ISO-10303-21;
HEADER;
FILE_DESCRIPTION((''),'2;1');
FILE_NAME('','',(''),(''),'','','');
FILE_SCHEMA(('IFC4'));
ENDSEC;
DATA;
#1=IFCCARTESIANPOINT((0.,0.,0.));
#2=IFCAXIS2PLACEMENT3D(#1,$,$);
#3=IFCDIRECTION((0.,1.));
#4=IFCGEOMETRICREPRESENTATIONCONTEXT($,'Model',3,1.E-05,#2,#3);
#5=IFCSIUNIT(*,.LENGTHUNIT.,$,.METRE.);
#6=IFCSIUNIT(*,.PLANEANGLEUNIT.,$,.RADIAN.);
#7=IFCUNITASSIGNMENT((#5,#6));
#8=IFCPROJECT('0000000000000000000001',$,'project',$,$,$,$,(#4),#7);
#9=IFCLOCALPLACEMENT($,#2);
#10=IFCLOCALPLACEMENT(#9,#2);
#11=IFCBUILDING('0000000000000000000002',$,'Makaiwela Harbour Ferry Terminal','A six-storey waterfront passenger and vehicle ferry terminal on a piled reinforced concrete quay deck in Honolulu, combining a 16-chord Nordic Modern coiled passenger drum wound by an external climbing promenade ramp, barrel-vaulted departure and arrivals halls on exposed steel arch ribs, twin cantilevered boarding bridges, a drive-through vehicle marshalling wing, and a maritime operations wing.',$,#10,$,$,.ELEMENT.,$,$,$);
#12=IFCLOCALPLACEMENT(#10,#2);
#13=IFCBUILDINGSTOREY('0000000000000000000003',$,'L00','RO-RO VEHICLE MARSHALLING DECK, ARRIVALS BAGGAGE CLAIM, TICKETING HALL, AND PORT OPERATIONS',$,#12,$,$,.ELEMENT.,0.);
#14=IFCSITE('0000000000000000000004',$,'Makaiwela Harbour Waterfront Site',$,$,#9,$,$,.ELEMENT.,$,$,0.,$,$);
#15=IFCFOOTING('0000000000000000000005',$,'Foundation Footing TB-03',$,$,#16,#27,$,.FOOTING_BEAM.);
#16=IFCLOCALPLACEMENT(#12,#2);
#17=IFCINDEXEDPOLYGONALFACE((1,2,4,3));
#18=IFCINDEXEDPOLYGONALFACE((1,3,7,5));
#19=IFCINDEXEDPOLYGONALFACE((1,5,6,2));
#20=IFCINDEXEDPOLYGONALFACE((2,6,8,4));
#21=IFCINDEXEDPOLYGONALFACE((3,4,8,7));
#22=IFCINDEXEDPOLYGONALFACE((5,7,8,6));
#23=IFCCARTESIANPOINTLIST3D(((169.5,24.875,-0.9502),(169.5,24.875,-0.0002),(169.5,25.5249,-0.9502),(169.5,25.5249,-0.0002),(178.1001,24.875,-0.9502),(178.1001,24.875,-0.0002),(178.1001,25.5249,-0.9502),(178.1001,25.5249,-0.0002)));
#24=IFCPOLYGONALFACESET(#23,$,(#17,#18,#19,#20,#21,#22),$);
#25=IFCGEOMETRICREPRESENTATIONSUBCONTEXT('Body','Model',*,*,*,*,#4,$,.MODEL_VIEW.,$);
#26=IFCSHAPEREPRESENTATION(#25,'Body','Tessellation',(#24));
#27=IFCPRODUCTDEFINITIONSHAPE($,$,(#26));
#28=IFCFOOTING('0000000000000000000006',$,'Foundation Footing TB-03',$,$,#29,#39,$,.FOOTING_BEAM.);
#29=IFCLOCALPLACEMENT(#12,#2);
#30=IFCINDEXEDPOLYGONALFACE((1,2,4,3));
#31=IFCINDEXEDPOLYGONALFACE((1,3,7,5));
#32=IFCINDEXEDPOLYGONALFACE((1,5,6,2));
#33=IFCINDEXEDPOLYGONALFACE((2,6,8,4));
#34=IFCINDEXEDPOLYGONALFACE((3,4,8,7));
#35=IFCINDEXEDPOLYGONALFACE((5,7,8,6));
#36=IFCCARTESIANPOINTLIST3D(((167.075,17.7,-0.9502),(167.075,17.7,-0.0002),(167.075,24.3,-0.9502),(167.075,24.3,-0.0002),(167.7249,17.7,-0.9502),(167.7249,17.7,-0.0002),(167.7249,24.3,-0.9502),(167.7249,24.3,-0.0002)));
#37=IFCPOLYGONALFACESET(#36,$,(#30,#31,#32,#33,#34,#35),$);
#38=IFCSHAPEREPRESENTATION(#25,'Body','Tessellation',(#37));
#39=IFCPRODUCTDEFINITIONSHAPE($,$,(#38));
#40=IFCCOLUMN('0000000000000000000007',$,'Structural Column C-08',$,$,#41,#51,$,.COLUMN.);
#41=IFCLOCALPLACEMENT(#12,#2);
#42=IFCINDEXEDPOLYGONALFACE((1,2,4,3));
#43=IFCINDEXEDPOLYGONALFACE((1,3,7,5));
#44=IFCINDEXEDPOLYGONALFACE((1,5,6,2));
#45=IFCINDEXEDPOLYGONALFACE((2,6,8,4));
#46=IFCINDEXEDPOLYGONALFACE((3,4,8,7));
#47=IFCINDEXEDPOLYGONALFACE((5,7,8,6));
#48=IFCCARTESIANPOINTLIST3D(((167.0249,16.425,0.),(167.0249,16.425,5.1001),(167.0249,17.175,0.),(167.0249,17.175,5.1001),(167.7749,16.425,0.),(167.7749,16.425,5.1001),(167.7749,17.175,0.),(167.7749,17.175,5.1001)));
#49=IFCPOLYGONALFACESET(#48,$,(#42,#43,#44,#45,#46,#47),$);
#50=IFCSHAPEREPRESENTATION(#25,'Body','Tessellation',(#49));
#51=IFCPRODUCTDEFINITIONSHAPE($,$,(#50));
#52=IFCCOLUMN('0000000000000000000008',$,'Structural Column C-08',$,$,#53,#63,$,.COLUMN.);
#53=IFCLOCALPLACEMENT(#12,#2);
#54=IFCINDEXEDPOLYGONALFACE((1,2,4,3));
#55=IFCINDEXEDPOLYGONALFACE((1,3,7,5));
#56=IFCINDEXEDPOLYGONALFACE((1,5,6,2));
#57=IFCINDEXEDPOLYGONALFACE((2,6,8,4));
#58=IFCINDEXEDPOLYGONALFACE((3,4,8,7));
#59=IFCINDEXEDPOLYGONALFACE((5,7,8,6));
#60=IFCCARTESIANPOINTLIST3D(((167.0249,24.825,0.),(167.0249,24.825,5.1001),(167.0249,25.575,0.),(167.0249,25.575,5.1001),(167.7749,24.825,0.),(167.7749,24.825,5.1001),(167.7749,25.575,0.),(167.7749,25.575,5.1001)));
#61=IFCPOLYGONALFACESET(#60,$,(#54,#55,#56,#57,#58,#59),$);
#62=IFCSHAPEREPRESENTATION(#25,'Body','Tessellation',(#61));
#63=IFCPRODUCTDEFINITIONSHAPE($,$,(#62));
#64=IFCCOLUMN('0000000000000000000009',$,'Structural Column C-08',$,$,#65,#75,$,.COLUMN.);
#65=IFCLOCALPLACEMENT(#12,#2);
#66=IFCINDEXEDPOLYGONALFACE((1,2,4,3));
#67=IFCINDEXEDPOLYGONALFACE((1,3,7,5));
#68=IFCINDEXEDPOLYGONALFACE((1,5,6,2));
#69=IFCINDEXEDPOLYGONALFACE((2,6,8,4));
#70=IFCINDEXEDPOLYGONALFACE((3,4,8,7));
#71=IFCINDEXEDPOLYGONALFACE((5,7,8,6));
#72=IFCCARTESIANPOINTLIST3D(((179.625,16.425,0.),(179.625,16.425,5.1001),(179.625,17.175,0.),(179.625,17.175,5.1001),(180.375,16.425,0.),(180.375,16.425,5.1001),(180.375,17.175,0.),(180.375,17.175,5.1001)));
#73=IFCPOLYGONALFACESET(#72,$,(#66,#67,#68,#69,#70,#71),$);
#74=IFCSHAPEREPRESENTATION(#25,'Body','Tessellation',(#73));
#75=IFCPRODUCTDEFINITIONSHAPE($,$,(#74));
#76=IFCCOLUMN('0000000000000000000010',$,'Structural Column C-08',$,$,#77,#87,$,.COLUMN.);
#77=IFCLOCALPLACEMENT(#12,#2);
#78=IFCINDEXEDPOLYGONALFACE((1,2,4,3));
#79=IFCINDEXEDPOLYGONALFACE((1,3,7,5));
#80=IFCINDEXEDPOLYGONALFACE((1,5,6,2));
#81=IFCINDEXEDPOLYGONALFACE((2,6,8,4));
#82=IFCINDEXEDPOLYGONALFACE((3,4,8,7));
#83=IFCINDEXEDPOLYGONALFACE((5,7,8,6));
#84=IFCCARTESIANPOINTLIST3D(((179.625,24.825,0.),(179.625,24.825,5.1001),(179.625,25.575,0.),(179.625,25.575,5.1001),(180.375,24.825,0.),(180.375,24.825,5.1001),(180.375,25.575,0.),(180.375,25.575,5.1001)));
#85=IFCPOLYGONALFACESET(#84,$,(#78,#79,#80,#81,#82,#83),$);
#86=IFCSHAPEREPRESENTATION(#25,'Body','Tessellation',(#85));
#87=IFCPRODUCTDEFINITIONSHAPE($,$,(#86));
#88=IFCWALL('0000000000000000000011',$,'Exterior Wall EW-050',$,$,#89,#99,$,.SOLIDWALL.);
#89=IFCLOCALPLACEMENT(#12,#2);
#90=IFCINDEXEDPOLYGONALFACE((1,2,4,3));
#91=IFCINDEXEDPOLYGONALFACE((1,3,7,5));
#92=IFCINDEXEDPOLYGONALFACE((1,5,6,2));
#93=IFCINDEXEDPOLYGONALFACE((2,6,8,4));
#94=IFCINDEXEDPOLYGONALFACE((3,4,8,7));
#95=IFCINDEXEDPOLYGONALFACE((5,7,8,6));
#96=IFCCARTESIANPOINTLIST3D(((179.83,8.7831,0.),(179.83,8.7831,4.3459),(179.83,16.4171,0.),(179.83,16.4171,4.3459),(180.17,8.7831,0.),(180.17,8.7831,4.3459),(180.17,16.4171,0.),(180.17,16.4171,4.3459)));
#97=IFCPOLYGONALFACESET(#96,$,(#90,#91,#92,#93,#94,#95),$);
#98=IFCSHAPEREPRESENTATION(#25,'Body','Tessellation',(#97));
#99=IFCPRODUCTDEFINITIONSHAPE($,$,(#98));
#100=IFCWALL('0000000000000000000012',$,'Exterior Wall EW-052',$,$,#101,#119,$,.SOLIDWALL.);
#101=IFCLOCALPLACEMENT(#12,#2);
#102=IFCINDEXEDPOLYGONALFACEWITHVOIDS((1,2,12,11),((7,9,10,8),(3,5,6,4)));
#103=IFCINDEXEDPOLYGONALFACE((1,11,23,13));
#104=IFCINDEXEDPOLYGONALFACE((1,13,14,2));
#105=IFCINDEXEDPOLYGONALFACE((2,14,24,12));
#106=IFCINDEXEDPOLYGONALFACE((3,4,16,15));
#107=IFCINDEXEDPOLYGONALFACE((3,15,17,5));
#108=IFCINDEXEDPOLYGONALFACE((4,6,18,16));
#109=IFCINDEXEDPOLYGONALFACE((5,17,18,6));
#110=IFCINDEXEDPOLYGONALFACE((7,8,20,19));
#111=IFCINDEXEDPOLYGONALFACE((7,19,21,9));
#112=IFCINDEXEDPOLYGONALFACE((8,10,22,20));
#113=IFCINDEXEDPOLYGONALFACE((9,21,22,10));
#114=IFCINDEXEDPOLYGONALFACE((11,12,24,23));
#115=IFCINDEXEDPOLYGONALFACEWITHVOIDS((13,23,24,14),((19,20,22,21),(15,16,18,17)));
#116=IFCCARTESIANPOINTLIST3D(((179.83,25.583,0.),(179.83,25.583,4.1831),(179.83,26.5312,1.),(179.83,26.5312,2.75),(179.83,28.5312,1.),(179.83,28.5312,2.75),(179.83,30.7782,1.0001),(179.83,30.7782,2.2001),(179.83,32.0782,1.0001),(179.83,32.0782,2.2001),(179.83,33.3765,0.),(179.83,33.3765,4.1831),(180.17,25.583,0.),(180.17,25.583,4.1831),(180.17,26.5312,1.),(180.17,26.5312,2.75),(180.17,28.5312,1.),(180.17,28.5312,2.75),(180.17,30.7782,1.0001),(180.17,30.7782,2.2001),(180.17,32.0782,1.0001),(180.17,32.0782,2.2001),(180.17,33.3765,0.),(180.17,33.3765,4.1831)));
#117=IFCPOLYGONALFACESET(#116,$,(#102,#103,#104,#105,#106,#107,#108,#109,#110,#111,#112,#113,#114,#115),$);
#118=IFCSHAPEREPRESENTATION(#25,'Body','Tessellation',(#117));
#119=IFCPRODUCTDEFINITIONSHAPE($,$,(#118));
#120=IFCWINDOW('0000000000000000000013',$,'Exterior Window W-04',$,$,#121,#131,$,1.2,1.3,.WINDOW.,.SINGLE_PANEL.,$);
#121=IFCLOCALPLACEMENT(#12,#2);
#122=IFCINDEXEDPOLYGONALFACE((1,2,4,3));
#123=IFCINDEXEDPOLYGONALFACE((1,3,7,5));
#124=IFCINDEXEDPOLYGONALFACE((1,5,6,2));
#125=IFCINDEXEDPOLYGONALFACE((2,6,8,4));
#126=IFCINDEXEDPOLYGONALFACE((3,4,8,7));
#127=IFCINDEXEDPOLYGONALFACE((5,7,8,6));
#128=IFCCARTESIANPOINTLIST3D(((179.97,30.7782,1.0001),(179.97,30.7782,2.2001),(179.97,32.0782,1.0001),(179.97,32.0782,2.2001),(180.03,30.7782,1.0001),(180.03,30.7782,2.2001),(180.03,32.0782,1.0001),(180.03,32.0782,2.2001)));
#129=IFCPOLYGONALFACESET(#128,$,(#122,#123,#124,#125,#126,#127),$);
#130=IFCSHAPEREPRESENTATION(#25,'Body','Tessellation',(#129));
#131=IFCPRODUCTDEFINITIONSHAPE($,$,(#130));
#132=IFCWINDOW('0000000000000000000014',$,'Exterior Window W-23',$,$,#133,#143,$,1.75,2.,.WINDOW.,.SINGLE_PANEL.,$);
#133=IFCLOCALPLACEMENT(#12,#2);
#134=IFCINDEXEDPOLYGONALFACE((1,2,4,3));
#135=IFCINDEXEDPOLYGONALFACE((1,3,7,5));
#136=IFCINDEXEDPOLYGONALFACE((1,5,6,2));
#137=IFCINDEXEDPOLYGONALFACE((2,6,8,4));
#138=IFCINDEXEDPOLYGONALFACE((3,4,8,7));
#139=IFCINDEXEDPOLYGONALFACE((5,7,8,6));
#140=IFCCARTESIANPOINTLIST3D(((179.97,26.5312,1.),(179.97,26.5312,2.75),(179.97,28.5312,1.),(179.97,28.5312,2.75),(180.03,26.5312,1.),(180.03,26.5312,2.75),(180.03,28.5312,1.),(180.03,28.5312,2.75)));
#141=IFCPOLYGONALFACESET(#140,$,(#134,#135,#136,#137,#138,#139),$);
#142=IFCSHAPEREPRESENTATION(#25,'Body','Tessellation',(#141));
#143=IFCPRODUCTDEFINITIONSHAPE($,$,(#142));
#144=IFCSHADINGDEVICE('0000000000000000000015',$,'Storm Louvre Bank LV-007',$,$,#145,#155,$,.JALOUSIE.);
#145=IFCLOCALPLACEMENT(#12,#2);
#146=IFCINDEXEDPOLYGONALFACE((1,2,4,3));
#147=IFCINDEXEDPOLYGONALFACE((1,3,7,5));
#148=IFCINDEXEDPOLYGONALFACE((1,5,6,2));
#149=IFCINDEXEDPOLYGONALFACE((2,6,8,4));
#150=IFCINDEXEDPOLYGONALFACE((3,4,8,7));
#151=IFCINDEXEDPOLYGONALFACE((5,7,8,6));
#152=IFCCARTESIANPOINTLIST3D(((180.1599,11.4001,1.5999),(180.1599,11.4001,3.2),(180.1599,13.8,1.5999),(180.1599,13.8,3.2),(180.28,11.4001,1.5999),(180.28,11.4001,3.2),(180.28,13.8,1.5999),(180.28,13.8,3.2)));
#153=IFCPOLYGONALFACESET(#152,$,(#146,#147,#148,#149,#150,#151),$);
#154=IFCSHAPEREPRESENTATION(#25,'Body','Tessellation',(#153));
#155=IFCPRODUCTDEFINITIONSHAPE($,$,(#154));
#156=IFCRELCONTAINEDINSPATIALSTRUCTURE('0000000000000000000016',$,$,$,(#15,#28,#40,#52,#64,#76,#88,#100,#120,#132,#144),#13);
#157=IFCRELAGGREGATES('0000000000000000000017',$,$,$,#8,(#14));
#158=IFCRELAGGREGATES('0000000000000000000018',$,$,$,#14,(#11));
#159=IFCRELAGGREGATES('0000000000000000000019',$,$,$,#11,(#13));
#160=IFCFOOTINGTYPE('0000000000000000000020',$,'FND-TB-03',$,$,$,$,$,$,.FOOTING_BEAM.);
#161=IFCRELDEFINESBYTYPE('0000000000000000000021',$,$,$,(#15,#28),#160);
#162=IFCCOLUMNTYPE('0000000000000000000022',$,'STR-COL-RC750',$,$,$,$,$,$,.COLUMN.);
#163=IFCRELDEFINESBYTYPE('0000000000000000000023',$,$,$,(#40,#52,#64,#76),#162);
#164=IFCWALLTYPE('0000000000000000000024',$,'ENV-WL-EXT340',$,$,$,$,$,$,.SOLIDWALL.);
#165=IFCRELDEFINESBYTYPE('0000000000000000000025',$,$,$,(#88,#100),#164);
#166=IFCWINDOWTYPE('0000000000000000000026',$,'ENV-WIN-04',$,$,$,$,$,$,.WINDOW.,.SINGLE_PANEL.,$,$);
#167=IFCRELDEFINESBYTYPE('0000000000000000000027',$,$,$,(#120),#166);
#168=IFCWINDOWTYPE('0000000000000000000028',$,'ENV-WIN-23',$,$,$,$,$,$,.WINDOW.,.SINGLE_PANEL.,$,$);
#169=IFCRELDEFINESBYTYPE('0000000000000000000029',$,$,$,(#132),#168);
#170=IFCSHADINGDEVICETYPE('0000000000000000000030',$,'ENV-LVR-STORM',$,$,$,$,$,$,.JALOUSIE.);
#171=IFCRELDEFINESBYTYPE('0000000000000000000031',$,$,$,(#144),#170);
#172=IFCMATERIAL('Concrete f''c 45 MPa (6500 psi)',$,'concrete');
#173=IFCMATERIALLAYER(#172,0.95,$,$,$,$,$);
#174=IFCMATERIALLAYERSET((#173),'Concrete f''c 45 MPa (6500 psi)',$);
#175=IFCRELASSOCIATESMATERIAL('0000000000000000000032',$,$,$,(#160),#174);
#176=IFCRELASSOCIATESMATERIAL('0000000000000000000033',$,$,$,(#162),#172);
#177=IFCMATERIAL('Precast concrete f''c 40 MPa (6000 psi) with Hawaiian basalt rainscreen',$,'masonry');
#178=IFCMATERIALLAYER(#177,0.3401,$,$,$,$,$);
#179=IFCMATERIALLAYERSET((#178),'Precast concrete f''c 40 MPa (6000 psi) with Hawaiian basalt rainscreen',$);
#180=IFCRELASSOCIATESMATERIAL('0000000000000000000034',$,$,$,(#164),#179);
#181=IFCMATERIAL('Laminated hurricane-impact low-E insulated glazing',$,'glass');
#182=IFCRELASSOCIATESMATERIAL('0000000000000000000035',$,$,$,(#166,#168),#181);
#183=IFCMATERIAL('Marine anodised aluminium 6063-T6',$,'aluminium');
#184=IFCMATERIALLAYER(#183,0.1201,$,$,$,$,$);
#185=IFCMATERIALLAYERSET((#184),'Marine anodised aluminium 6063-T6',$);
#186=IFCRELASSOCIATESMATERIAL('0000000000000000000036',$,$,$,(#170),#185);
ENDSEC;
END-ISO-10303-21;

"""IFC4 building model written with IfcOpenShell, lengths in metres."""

from ifc_helpers import new_model, si_unit, direction, frame, frame_2d, origin, origin_2d, place, context, subcontext, project, spatial, rectangle, extrude, material, layer, layer_set, material_profile, profile_set, type_object, element, fill, save


model = new_model("IFC4")

# Units and contexts
model_context = context("Model", 3, precision=1e-05, world=origin(), true_north=direction((0.0, 1.0)))
body_context = subcontext(model_context, "Body", "Model", "MODEL_VIEW")
ifc_project = project(units=[si_unit("LENGTHUNIT", "METRE"), si_unit("PLANEANGLEUNIT", "RADIAN")], contexts=[model_context])

# Site, building, storey
site_placement = place(None, origin())
site = spatial("IfcSite", under=ifc_project, at=site_placement, Name="Makaiwela Harbour Waterfront Site", CompositionType="ELEMENT", RefElevation=0.0)
building_placement = place(site_placement, origin())
building = spatial("IfcBuilding", under=site, at=building_placement, Name="Makaiwela Harbour Ferry Terminal", Description="A six-storey waterfront passenger and vehicle ferry terminal on a piled reinforced concrete quay deck in Honolulu, combining a 16-chord Nordic Modern coiled passenger drum wound by an external climbing promenade ramp, barrel-vaulted departure and arrivals halls on exposed steel arch ribs, twin cantilevered boarding bridges, a drive-through vehicle marshalling wing, and a maritime operations wing.", CompositionType="ELEMENT")
storey_placement = place(building_placement, origin())
storey = spatial("IfcBuildingStorey", under=building, at=storey_placement, Name="L00", Description="RO-RO VEHICLE MARSHALLING DECK, ARRIVALS BAGGAGE CLAIM, TICKETING HALL, AND PORT OPERATIONS", CompositionType="ELEMENT", Elevation=0.0)

# Shared definitions
ifc_material_1 = material(Name="Concrete f'c 45 MPa (6500 psi)", Category="concrete")

# Footings
ifc_layer_1 = layer(ifc_material_1, 0.95)
ifc_layer_set_1 = layer_set([ifc_layer_1], Name="Concrete f'c 45 MPa (6500 psi)")
footing_type_1 = type_object("IfcFootingType", Name="FND-TB-03", PredefinedType="FOOTING_BEAM", material=ifc_layer_set_1)
footing_1_placement = place(storey_placement, frame((173.8, 25.2, -0.9502), z_axis=(0.0, 0.0, 1.0), x_axis=(1.0, 0.0, 0.0)))
element("IfcFooting", 1, at=footing_1_placement, inside=storey, type_object=footing_type_1, Name="Foundation Footing TB-03", PredefinedType="FOOTING_BEAM", context=body_context, shape_type="SweptSolid", body=[
    extrude(rectangle(XDim=8.6001, YDim=0.6499, at=origin_2d()), origin(), (0.0, 0.0, 1.0), 0.95),
])
footing_2_placement = place(storey_placement, frame((167.3999, 21.0, -0.9502), z_axis=(0.0, 0.0, 1.0), x_axis=(0.0, 1.0, 0.0)))
element("IfcFooting", 2, at=footing_2_placement, inside=storey, type_object=footing_type_1, Name="Foundation Footing TB-03", PredefinedType="FOOTING_BEAM", context=body_context, shape_type="SweptSolid", body=[
    extrude(rectangle(XDim=6.6001, YDim=0.6499, at=origin_2d()), origin(), (0.0, 0.0, 1.0), 0.95),
])

# Columns
ifc_material_profile_1 = material_profile(ifc_material_1, rectangle(XDim=0.75, YDim=0.75, at=origin_2d()), Name="RC-750X750")
ifc_profile_set_1 = profile_set([ifc_material_profile_1], Name="Concrete f'c 45 MPa (6500 psi)")
column_type = type_object("IfcColumnType", Name="STR-COL-RC750", PredefinedType="COLUMN", material=ifc_profile_set_1)
for number, where, z_axis, x_axis, name in (
    (3, (167.3999, 16.8, 0.0), (0.0, 0.0, 1.0), (1.0, 0.0, 0.0), "Structural Column C-08"),
    (4, (167.3999, 25.2, 0.0), (0.0, 0.0, 1.0), (1.0, 0.0, 0.0), "Structural Column C-08"),
    (5, (180.0, 16.8, 0.0), (0.0, 0.0, 1.0), (1.0, 0.0, 0.0), "Structural Column C-08"),
    (6, (180.0, 25.2, 0.0), (0.0, 0.0, 1.0), (1.0, 0.0, 0.0), "Structural Column C-08"),
):
    element("IfcColumn", number, at=place(storey_placement, frame(where, z_axis=z_axis, x_axis=x_axis)), inside=storey, type_object=column_type, Name=name, PredefinedType="COLUMN", context=body_context, shape_type="SweptSolid", body=[
        extrude(rectangle(XDim=0.75, YDim=0.75, at=origin_2d()), origin(), (0.0, 0.0, 1.0), 5.1001),
    ])

# Wall
ifc_material_2 = material(Name="Precast concrete f'c 40 MPa (6000 psi) with Hawaiian basalt rainscreen", Category="masonry")
ifc_layer_2 = layer(ifc_material_2, 0.3401)
ifc_layer_set_2 = layer_set([ifc_layer_2], Name="Precast concrete f'c 40 MPa (6000 psi) with Hawaiian basalt rainscreen")
wall_type_1 = type_object("IfcWallType", Name="ENV-WL-EXT340", PredefinedType="SOLIDWALL", material=ifc_layer_set_2)
wall_1_placement = place(storey_placement, frame((180.0, 16.417, 0.0), z_axis=(0.0, 0.0, 1.0), x_axis=(0.0, -1.0, 0.0)))
element("IfcWall", 7, at=wall_1_placement, inside=storey, type_object=wall_type_1, Name="Exterior Wall EW-050", PredefinedType="SOLIDWALL", context=body_context, shape_type="SweptSolid", body=[
    extrude(rectangle(XDim=7.634, YDim=0.3401, at=frame_2d((3.8169, 0.0))), origin(), (0.0, 0.0, 1.0), 4.3459),
])

# Wall, openings, windows
wall_2_placement = place(storey_placement, frame((180.0, 33.3765, 0.0), z_axis=(0.0, 0.0, 1.0), x_axis=(0.0, -1.0, 0.0)))
wall_2 = element("IfcWall", 8, at=wall_2_placement, inside=storey, type_object=wall_type_1, Name="Exterior Wall EW-052", PredefinedType="SOLIDWALL", context=body_context, shape_type="SweptSolid", body=[
    extrude(rectangle(XDim=7.7935, YDim=0.3401, at=frame_2d((3.8967, 0.0))), origin(), (0.0, 0.0, 1.0), 4.1831),
])
opening_1_placement = place(wall_2_placement, frame((1.2983, 0.0, 1.0)))
opening_1 = element("IfcOpeningElement", 9, at=opening_1_placement, cuts=wall_2, PredefinedType="OPENING", context=body_context, shape_type="SweptSolid", body=[
    extrude(rectangle(XDim=1.3, YDim=1.2, at=frame_2d((0.6499, 0.6001))), frame((0.0, 0.1799, 0.0), z_axis=(0.0, -1.0, 0.0), x_axis=(1.0, 0.0, 0.0)), (0.0, 0.0, 1.0), 0.3601),
])
opening_2_placement = place(wall_2_placement, frame((4.8452, 0.0, 1.0)))
opening_2 = element("IfcOpeningElement", 10, at=opening_2_placement, cuts=wall_2, PredefinedType="OPENING", context=body_context, shape_type="SweptSolid", body=[
    extrude(rectangle(XDim=2.0, YDim=1.75, at=frame_2d((1.0, 0.875))), frame((0.0, 0.1799, 0.0), z_axis=(0.0, -1.0, 0.0), x_axis=(1.0, 0.0, 0.0)), (0.0, 0.0, 1.0), 0.3601),
])
ifc_material_3 = material(Name="Laminated hurricane-impact low-E insulated glazing", Category="glass")
window_type_1 = type_object("IfcWindowType", Name="ENV-WIN-04", PartitioningType="SINGLE_PANEL", PredefinedType="WINDOW", material=ifc_material_3)
window_1_placement = place(opening_1_placement, origin())
window_1 = element("IfcWindow", 11, at=window_1_placement, inside=storey, type_object=window_type_1, Name="Exterior Window W-04", OverallHeight=1.2, OverallWidth=1.3, PartitioningType="SINGLE_PANEL", PredefinedType="WINDOW", context=body_context, shape_type="SweptSolid", body=[
    extrude(rectangle(XDim=1.3, YDim=1.2, at=frame_2d((0.6499, 0.6001))), frame((0.0, 0.03, 0.0), z_axis=(0.0, -1.0, 0.0), x_axis=(1.0, 0.0, 0.0)), (0.0, 0.0, 1.0), 0.0601),
])
fill(opening_1, window_1)
window_type_2 = type_object("IfcWindowType", Name="ENV-WIN-23", PartitioningType="SINGLE_PANEL", PredefinedType="WINDOW", material=ifc_material_3)
window_2_placement = place(opening_2_placement, origin())
window_2 = element("IfcWindow", 12, at=window_2_placement, inside=storey, type_object=window_type_2, Name="Exterior Window W-23", OverallHeight=1.75, OverallWidth=2.0, PartitioningType="SINGLE_PANEL", PredefinedType="WINDOW", context=body_context, shape_type="SweptSolid", body=[
    extrude(rectangle(XDim=2.0, YDim=1.75, at=frame_2d((1.0, 0.875))), frame((0.0, 0.03, 0.0), z_axis=(0.0, -1.0, 0.0), x_axis=(1.0, 0.0, 0.0)), (0.0, 0.0, 1.0), 0.0601),
])
fill(opening_2, window_2)

# Shared definitions
ifc_material_4 = material(Name="Marine anodised aluminium 6063-T6", Category="aluminium")

# Shading device
ifc_layer_3 = layer(ifc_material_4, 0.1201)
ifc_layer_set_3 = layer_set([ifc_layer_3], Name="Marine anodised aluminium 6063-T6")
shading_device_type = type_object("IfcShadingDeviceType", Name="ENV-LVR-STORM", PredefinedType="JALOUSIE", material=ifc_layer_set_3)
shading_device_placement = place(storey_placement, frame((180.22, 12.6001, 1.5999), z_axis=(0.0, 0.0, 1.0), x_axis=(0.0, -1.0, 0.0)))
element("IfcShadingDevice", 13, at=shading_device_placement, inside=storey, type_object=shading_device_type, Name="Storm Louvre Bank LV-007", PredefinedType="JALOUSIE", context=body_context, shape_type="SweptSolid", body=[
    extrude(rectangle(XDim=2.3999, YDim=0.1201, at=origin_2d()), origin(), (0.0, 0.0, 1.0), 1.6001),
])

save(model, "model.ifc")
